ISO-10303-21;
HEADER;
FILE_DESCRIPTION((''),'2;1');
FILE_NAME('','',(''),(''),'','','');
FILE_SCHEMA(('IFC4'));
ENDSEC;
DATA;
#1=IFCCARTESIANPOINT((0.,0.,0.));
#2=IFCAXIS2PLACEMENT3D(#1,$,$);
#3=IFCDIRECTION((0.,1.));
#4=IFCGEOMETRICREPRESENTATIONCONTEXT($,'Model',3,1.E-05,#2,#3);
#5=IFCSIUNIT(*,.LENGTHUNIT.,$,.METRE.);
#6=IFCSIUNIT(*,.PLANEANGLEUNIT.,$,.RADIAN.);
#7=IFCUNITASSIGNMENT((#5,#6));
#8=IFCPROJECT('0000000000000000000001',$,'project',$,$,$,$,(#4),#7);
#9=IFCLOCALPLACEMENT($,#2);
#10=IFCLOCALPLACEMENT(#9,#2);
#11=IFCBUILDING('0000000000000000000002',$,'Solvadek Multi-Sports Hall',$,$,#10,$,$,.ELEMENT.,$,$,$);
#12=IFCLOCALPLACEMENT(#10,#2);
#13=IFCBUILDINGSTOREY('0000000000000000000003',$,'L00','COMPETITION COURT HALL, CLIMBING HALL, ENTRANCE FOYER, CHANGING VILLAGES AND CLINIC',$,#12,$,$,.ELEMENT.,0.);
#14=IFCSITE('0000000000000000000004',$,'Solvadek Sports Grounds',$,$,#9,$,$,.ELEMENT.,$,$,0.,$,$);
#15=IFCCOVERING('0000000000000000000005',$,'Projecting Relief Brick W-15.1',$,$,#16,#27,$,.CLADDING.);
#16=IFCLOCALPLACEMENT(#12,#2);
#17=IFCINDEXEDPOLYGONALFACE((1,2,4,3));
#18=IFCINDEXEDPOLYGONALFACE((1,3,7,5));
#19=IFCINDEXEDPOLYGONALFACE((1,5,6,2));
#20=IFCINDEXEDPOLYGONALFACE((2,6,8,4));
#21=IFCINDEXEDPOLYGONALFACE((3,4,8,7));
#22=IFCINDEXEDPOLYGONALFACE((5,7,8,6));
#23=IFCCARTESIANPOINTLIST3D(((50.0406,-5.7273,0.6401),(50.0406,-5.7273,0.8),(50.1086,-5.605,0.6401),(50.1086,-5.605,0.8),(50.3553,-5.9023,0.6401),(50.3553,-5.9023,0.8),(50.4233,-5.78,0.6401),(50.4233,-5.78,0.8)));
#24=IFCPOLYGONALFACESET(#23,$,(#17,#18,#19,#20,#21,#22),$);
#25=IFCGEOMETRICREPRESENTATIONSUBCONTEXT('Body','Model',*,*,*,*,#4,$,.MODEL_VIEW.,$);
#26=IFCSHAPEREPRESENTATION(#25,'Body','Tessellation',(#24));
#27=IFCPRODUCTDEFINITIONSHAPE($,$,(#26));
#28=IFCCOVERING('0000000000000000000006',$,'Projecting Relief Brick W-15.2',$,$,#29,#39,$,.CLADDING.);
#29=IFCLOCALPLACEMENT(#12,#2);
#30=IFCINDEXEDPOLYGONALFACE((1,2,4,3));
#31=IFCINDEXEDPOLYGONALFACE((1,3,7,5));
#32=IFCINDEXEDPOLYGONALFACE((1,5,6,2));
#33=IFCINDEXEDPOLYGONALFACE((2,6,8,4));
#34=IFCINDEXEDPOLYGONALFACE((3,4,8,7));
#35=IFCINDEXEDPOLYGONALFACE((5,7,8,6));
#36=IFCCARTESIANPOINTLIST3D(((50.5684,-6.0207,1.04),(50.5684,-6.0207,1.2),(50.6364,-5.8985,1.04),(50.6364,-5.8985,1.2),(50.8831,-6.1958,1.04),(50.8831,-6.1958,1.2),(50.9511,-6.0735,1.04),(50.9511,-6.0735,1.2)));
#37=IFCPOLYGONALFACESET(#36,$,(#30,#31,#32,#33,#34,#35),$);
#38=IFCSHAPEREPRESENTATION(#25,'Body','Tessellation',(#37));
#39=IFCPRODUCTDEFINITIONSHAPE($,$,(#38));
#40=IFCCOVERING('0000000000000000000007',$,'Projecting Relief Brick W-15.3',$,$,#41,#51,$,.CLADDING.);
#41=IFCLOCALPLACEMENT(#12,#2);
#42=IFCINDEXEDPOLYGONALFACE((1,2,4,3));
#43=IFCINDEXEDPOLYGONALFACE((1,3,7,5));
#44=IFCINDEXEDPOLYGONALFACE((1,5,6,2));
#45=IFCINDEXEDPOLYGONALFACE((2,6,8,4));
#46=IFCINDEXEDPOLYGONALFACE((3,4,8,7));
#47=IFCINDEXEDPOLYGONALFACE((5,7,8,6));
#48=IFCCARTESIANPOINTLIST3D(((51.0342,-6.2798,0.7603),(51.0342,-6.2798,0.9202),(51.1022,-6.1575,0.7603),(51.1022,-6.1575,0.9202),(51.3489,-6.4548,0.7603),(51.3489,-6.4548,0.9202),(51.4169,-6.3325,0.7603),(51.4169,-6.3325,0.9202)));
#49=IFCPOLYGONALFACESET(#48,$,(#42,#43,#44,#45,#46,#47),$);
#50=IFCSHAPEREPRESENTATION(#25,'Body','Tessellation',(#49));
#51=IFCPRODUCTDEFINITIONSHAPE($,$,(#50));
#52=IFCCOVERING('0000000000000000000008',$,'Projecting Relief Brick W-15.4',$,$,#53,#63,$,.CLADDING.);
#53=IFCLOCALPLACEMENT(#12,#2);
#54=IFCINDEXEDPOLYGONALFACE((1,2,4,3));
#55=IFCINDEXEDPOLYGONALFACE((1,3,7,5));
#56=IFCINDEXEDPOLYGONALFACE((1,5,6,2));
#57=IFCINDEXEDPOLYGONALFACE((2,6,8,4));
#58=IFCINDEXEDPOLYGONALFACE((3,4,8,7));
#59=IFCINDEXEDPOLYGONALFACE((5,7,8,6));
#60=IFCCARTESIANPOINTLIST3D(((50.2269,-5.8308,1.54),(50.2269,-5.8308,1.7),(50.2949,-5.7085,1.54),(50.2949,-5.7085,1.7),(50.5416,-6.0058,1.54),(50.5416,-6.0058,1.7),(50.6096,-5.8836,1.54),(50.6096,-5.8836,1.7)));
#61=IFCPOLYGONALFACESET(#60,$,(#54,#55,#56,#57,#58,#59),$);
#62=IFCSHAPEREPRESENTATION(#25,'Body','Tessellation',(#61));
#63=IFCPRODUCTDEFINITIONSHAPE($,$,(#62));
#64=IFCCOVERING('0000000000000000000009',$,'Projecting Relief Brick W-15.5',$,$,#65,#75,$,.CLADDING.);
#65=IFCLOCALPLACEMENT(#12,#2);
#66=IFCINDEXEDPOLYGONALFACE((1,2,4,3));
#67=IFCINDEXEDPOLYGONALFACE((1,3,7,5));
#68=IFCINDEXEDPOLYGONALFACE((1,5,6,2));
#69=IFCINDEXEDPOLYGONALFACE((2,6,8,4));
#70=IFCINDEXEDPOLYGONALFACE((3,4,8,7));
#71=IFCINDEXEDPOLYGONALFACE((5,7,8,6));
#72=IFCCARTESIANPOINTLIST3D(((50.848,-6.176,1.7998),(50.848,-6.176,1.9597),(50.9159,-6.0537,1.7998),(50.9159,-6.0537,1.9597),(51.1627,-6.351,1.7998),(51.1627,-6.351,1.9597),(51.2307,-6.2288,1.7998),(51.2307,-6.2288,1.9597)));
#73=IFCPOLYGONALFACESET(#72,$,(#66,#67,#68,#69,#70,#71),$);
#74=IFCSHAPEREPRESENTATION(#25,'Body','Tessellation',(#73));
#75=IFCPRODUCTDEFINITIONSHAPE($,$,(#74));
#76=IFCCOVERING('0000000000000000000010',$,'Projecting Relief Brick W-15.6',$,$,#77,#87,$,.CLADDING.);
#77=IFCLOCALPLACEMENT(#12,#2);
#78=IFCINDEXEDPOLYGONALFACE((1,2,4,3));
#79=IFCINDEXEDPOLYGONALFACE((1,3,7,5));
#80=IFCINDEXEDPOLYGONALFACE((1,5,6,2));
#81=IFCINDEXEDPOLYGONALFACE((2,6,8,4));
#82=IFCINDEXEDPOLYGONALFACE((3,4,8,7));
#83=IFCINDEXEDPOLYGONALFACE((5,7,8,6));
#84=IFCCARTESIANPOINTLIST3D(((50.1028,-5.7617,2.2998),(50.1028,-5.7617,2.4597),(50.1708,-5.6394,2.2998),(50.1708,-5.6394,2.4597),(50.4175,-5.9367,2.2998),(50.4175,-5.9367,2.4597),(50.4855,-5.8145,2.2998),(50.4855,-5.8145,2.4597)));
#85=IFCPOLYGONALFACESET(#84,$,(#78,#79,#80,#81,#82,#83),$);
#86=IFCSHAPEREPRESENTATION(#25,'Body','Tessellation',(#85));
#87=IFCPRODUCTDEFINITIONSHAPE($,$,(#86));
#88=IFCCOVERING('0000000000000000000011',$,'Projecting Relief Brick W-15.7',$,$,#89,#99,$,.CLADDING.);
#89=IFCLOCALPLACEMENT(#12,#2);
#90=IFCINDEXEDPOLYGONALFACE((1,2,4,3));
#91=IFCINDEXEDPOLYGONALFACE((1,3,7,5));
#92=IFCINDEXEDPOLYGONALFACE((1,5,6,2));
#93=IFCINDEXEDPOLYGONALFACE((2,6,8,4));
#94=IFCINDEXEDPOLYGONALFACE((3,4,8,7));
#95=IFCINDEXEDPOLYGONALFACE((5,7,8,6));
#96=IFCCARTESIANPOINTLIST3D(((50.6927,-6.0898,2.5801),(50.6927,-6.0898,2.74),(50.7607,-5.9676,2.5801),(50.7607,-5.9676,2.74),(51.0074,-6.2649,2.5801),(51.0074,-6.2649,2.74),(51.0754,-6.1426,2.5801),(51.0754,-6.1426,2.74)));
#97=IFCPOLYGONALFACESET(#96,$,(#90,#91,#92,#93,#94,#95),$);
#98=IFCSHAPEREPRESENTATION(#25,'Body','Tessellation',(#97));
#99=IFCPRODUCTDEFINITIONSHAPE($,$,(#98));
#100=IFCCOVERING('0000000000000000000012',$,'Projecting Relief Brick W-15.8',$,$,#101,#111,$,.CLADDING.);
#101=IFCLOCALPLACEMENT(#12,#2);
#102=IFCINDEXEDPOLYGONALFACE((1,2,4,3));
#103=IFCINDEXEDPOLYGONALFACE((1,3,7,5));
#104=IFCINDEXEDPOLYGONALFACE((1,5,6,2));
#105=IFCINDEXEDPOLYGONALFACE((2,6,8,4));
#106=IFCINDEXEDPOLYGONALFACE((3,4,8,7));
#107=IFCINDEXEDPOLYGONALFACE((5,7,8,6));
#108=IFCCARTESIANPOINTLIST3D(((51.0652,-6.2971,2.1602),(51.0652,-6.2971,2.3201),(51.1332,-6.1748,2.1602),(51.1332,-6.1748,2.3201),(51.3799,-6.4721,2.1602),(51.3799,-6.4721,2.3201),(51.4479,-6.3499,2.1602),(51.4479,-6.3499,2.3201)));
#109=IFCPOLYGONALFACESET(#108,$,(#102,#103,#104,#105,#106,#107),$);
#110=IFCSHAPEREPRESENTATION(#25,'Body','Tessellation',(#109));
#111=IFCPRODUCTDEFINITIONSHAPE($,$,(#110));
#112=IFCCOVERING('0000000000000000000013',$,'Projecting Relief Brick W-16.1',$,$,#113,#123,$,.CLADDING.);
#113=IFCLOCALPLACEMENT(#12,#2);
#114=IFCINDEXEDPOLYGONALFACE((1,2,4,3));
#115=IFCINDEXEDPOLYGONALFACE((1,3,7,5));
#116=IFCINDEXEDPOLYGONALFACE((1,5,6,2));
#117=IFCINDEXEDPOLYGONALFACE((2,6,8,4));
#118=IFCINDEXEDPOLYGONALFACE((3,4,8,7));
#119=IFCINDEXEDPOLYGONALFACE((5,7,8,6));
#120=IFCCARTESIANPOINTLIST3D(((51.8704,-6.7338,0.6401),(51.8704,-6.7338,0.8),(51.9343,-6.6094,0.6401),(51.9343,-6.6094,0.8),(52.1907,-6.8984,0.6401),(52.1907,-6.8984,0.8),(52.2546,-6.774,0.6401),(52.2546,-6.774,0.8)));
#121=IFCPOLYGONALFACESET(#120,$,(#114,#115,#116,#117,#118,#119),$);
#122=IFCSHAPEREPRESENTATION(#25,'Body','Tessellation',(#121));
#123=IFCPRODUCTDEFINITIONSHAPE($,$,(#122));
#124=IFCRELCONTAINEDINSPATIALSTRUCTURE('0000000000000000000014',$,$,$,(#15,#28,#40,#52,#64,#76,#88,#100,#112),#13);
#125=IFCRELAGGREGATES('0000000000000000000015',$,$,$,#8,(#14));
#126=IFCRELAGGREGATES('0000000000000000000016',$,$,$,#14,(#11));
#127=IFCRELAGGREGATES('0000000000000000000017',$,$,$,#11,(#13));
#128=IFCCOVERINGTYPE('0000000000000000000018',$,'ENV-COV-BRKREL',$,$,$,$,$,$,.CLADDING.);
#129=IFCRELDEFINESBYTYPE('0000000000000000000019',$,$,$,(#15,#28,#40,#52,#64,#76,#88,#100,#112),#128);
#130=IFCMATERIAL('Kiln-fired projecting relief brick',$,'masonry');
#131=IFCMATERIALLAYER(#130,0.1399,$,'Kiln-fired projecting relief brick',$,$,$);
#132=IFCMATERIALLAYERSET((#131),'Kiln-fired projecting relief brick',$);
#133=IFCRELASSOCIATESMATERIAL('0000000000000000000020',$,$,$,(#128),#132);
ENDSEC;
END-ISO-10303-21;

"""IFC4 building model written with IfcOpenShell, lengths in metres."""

from ifc_helpers import new_model, si_unit, direction, frame, origin, origin_2d, place, context, subcontext, project, spatial, rectangle, extrude, material, layer, layer_set, type_object, element, save


model = new_model("IFC4")

# Units and contexts
model_context = context("Model", 3, precision=1e-05, world=origin(), true_north=direction((0.0, 1.0)))
body_context = subcontext(model_context, "Body", "Model", "MODEL_VIEW")
ifc_project = project(units=[si_unit("LENGTHUNIT", "METRE"), si_unit("PLANEANGLEUNIT", "RADIAN")], contexts=[model_context])

# Site, building, storey
site_placement = place(None, origin())
site = spatial("IfcSite", under=ifc_project, at=site_placement, Name="Solvadek Sports Grounds", CompositionType="ELEMENT", RefElevation=0.0)
building_placement = place(site_placement, origin())
building = spatial("IfcBuilding", under=site, at=building_placement, Name="Solvadek Multi-Sports Hall", CompositionType="ELEMENT")
storey_placement = place(building_placement, origin())
storey = spatial("IfcBuildingStorey", under=building, at=storey_placement, Name="L00", Description="COMPETITION COURT HALL, CLIMBING HALL, ENTRANCE FOYER, CHANGING VILLAGES AND CLINIC", CompositionType="ELEMENT", Elevation=0.0)

# Coverings
ifc_material_1 = material(Name="Kiln-fired projecting relief brick", Category="masonry")
ifc_layer_1 = layer(ifc_material_1, 0.1399, Name="Kiln-fired projecting relief brick")
ifc_layer_set_1 = layer_set([ifc_layer_1], Name="Kiln-fired projecting relief brick")
covering_type = type_object("IfcCoveringType", Name="ENV-COV-BRKREL", PredefinedType="CLADDING", material=ifc_layer_set_1)
for number, where, z_axis, x_axis, name in (
    (1, (50.2319, -5.7537, 0.6401), (0.0, 0.0, 1.0), (0.87393, -0.486052, 0.0), "Projecting Relief Brick W-15.1"),
    (2, (50.7598, -6.0471, 1.04), (0.0, 0.0, 1.0), (0.87393, -0.486052, 0.0), "Projecting Relief Brick W-15.2"),
    (3, (51.2256, -6.3062, 0.7603), (0.0, 0.0, 1.0), (0.87393, -0.486052, 0.0), "Projecting Relief Brick W-15.3"),
    (4, (50.4182, -5.8572, 1.54), (0.0, 0.0, 1.0), (0.87393, -0.486052, 0.0), "Projecting Relief Brick W-15.4"),
    (5, (51.0393, -6.2024, 1.7998), (0.0, 0.0, 1.0), (0.87393, -0.486052, 0.0), "Projecting Relief Brick W-15.5"),
    (6, (50.2942, -5.7881, 2.2998), (0.0, 0.0, 1.0), (0.87393, -0.486052, 0.0), "Projecting Relief Brick W-15.6"),
    (7, (50.884, -6.1162, 2.5801), (0.0, 0.0, 1.0), (0.87393, -0.486052, 0.0), "Projecting Relief Brick W-15.7"),
    (8, (51.2566, -6.3235, 2.1602), (0.0, 0.0, 1.0), (0.87393, -0.486052, 0.0), "Projecting Relief Brick W-15.8"),
    (9, (52.0625, -6.7539, 0.6401), (0.0, 0.0, 1.0), (0.889427, -0.457078, 0.0), "Projecting Relief Brick W-16.1"),
):
    element("IfcCovering", number, at=place(storey_placement, frame(where, z_axis=z_axis, x_axis=x_axis)), inside=storey, type_object=covering_type, Name=name, PredefinedType="CLADDING", context=body_context, shape_type="SweptSolid", body=[
        extrude(rectangle(XDim=0.3601, YDim=0.1399, at=origin_2d()), origin(), (0.0, 0.0, 1.0), 0.1599),
    ])

save(model, "model.ifc")
